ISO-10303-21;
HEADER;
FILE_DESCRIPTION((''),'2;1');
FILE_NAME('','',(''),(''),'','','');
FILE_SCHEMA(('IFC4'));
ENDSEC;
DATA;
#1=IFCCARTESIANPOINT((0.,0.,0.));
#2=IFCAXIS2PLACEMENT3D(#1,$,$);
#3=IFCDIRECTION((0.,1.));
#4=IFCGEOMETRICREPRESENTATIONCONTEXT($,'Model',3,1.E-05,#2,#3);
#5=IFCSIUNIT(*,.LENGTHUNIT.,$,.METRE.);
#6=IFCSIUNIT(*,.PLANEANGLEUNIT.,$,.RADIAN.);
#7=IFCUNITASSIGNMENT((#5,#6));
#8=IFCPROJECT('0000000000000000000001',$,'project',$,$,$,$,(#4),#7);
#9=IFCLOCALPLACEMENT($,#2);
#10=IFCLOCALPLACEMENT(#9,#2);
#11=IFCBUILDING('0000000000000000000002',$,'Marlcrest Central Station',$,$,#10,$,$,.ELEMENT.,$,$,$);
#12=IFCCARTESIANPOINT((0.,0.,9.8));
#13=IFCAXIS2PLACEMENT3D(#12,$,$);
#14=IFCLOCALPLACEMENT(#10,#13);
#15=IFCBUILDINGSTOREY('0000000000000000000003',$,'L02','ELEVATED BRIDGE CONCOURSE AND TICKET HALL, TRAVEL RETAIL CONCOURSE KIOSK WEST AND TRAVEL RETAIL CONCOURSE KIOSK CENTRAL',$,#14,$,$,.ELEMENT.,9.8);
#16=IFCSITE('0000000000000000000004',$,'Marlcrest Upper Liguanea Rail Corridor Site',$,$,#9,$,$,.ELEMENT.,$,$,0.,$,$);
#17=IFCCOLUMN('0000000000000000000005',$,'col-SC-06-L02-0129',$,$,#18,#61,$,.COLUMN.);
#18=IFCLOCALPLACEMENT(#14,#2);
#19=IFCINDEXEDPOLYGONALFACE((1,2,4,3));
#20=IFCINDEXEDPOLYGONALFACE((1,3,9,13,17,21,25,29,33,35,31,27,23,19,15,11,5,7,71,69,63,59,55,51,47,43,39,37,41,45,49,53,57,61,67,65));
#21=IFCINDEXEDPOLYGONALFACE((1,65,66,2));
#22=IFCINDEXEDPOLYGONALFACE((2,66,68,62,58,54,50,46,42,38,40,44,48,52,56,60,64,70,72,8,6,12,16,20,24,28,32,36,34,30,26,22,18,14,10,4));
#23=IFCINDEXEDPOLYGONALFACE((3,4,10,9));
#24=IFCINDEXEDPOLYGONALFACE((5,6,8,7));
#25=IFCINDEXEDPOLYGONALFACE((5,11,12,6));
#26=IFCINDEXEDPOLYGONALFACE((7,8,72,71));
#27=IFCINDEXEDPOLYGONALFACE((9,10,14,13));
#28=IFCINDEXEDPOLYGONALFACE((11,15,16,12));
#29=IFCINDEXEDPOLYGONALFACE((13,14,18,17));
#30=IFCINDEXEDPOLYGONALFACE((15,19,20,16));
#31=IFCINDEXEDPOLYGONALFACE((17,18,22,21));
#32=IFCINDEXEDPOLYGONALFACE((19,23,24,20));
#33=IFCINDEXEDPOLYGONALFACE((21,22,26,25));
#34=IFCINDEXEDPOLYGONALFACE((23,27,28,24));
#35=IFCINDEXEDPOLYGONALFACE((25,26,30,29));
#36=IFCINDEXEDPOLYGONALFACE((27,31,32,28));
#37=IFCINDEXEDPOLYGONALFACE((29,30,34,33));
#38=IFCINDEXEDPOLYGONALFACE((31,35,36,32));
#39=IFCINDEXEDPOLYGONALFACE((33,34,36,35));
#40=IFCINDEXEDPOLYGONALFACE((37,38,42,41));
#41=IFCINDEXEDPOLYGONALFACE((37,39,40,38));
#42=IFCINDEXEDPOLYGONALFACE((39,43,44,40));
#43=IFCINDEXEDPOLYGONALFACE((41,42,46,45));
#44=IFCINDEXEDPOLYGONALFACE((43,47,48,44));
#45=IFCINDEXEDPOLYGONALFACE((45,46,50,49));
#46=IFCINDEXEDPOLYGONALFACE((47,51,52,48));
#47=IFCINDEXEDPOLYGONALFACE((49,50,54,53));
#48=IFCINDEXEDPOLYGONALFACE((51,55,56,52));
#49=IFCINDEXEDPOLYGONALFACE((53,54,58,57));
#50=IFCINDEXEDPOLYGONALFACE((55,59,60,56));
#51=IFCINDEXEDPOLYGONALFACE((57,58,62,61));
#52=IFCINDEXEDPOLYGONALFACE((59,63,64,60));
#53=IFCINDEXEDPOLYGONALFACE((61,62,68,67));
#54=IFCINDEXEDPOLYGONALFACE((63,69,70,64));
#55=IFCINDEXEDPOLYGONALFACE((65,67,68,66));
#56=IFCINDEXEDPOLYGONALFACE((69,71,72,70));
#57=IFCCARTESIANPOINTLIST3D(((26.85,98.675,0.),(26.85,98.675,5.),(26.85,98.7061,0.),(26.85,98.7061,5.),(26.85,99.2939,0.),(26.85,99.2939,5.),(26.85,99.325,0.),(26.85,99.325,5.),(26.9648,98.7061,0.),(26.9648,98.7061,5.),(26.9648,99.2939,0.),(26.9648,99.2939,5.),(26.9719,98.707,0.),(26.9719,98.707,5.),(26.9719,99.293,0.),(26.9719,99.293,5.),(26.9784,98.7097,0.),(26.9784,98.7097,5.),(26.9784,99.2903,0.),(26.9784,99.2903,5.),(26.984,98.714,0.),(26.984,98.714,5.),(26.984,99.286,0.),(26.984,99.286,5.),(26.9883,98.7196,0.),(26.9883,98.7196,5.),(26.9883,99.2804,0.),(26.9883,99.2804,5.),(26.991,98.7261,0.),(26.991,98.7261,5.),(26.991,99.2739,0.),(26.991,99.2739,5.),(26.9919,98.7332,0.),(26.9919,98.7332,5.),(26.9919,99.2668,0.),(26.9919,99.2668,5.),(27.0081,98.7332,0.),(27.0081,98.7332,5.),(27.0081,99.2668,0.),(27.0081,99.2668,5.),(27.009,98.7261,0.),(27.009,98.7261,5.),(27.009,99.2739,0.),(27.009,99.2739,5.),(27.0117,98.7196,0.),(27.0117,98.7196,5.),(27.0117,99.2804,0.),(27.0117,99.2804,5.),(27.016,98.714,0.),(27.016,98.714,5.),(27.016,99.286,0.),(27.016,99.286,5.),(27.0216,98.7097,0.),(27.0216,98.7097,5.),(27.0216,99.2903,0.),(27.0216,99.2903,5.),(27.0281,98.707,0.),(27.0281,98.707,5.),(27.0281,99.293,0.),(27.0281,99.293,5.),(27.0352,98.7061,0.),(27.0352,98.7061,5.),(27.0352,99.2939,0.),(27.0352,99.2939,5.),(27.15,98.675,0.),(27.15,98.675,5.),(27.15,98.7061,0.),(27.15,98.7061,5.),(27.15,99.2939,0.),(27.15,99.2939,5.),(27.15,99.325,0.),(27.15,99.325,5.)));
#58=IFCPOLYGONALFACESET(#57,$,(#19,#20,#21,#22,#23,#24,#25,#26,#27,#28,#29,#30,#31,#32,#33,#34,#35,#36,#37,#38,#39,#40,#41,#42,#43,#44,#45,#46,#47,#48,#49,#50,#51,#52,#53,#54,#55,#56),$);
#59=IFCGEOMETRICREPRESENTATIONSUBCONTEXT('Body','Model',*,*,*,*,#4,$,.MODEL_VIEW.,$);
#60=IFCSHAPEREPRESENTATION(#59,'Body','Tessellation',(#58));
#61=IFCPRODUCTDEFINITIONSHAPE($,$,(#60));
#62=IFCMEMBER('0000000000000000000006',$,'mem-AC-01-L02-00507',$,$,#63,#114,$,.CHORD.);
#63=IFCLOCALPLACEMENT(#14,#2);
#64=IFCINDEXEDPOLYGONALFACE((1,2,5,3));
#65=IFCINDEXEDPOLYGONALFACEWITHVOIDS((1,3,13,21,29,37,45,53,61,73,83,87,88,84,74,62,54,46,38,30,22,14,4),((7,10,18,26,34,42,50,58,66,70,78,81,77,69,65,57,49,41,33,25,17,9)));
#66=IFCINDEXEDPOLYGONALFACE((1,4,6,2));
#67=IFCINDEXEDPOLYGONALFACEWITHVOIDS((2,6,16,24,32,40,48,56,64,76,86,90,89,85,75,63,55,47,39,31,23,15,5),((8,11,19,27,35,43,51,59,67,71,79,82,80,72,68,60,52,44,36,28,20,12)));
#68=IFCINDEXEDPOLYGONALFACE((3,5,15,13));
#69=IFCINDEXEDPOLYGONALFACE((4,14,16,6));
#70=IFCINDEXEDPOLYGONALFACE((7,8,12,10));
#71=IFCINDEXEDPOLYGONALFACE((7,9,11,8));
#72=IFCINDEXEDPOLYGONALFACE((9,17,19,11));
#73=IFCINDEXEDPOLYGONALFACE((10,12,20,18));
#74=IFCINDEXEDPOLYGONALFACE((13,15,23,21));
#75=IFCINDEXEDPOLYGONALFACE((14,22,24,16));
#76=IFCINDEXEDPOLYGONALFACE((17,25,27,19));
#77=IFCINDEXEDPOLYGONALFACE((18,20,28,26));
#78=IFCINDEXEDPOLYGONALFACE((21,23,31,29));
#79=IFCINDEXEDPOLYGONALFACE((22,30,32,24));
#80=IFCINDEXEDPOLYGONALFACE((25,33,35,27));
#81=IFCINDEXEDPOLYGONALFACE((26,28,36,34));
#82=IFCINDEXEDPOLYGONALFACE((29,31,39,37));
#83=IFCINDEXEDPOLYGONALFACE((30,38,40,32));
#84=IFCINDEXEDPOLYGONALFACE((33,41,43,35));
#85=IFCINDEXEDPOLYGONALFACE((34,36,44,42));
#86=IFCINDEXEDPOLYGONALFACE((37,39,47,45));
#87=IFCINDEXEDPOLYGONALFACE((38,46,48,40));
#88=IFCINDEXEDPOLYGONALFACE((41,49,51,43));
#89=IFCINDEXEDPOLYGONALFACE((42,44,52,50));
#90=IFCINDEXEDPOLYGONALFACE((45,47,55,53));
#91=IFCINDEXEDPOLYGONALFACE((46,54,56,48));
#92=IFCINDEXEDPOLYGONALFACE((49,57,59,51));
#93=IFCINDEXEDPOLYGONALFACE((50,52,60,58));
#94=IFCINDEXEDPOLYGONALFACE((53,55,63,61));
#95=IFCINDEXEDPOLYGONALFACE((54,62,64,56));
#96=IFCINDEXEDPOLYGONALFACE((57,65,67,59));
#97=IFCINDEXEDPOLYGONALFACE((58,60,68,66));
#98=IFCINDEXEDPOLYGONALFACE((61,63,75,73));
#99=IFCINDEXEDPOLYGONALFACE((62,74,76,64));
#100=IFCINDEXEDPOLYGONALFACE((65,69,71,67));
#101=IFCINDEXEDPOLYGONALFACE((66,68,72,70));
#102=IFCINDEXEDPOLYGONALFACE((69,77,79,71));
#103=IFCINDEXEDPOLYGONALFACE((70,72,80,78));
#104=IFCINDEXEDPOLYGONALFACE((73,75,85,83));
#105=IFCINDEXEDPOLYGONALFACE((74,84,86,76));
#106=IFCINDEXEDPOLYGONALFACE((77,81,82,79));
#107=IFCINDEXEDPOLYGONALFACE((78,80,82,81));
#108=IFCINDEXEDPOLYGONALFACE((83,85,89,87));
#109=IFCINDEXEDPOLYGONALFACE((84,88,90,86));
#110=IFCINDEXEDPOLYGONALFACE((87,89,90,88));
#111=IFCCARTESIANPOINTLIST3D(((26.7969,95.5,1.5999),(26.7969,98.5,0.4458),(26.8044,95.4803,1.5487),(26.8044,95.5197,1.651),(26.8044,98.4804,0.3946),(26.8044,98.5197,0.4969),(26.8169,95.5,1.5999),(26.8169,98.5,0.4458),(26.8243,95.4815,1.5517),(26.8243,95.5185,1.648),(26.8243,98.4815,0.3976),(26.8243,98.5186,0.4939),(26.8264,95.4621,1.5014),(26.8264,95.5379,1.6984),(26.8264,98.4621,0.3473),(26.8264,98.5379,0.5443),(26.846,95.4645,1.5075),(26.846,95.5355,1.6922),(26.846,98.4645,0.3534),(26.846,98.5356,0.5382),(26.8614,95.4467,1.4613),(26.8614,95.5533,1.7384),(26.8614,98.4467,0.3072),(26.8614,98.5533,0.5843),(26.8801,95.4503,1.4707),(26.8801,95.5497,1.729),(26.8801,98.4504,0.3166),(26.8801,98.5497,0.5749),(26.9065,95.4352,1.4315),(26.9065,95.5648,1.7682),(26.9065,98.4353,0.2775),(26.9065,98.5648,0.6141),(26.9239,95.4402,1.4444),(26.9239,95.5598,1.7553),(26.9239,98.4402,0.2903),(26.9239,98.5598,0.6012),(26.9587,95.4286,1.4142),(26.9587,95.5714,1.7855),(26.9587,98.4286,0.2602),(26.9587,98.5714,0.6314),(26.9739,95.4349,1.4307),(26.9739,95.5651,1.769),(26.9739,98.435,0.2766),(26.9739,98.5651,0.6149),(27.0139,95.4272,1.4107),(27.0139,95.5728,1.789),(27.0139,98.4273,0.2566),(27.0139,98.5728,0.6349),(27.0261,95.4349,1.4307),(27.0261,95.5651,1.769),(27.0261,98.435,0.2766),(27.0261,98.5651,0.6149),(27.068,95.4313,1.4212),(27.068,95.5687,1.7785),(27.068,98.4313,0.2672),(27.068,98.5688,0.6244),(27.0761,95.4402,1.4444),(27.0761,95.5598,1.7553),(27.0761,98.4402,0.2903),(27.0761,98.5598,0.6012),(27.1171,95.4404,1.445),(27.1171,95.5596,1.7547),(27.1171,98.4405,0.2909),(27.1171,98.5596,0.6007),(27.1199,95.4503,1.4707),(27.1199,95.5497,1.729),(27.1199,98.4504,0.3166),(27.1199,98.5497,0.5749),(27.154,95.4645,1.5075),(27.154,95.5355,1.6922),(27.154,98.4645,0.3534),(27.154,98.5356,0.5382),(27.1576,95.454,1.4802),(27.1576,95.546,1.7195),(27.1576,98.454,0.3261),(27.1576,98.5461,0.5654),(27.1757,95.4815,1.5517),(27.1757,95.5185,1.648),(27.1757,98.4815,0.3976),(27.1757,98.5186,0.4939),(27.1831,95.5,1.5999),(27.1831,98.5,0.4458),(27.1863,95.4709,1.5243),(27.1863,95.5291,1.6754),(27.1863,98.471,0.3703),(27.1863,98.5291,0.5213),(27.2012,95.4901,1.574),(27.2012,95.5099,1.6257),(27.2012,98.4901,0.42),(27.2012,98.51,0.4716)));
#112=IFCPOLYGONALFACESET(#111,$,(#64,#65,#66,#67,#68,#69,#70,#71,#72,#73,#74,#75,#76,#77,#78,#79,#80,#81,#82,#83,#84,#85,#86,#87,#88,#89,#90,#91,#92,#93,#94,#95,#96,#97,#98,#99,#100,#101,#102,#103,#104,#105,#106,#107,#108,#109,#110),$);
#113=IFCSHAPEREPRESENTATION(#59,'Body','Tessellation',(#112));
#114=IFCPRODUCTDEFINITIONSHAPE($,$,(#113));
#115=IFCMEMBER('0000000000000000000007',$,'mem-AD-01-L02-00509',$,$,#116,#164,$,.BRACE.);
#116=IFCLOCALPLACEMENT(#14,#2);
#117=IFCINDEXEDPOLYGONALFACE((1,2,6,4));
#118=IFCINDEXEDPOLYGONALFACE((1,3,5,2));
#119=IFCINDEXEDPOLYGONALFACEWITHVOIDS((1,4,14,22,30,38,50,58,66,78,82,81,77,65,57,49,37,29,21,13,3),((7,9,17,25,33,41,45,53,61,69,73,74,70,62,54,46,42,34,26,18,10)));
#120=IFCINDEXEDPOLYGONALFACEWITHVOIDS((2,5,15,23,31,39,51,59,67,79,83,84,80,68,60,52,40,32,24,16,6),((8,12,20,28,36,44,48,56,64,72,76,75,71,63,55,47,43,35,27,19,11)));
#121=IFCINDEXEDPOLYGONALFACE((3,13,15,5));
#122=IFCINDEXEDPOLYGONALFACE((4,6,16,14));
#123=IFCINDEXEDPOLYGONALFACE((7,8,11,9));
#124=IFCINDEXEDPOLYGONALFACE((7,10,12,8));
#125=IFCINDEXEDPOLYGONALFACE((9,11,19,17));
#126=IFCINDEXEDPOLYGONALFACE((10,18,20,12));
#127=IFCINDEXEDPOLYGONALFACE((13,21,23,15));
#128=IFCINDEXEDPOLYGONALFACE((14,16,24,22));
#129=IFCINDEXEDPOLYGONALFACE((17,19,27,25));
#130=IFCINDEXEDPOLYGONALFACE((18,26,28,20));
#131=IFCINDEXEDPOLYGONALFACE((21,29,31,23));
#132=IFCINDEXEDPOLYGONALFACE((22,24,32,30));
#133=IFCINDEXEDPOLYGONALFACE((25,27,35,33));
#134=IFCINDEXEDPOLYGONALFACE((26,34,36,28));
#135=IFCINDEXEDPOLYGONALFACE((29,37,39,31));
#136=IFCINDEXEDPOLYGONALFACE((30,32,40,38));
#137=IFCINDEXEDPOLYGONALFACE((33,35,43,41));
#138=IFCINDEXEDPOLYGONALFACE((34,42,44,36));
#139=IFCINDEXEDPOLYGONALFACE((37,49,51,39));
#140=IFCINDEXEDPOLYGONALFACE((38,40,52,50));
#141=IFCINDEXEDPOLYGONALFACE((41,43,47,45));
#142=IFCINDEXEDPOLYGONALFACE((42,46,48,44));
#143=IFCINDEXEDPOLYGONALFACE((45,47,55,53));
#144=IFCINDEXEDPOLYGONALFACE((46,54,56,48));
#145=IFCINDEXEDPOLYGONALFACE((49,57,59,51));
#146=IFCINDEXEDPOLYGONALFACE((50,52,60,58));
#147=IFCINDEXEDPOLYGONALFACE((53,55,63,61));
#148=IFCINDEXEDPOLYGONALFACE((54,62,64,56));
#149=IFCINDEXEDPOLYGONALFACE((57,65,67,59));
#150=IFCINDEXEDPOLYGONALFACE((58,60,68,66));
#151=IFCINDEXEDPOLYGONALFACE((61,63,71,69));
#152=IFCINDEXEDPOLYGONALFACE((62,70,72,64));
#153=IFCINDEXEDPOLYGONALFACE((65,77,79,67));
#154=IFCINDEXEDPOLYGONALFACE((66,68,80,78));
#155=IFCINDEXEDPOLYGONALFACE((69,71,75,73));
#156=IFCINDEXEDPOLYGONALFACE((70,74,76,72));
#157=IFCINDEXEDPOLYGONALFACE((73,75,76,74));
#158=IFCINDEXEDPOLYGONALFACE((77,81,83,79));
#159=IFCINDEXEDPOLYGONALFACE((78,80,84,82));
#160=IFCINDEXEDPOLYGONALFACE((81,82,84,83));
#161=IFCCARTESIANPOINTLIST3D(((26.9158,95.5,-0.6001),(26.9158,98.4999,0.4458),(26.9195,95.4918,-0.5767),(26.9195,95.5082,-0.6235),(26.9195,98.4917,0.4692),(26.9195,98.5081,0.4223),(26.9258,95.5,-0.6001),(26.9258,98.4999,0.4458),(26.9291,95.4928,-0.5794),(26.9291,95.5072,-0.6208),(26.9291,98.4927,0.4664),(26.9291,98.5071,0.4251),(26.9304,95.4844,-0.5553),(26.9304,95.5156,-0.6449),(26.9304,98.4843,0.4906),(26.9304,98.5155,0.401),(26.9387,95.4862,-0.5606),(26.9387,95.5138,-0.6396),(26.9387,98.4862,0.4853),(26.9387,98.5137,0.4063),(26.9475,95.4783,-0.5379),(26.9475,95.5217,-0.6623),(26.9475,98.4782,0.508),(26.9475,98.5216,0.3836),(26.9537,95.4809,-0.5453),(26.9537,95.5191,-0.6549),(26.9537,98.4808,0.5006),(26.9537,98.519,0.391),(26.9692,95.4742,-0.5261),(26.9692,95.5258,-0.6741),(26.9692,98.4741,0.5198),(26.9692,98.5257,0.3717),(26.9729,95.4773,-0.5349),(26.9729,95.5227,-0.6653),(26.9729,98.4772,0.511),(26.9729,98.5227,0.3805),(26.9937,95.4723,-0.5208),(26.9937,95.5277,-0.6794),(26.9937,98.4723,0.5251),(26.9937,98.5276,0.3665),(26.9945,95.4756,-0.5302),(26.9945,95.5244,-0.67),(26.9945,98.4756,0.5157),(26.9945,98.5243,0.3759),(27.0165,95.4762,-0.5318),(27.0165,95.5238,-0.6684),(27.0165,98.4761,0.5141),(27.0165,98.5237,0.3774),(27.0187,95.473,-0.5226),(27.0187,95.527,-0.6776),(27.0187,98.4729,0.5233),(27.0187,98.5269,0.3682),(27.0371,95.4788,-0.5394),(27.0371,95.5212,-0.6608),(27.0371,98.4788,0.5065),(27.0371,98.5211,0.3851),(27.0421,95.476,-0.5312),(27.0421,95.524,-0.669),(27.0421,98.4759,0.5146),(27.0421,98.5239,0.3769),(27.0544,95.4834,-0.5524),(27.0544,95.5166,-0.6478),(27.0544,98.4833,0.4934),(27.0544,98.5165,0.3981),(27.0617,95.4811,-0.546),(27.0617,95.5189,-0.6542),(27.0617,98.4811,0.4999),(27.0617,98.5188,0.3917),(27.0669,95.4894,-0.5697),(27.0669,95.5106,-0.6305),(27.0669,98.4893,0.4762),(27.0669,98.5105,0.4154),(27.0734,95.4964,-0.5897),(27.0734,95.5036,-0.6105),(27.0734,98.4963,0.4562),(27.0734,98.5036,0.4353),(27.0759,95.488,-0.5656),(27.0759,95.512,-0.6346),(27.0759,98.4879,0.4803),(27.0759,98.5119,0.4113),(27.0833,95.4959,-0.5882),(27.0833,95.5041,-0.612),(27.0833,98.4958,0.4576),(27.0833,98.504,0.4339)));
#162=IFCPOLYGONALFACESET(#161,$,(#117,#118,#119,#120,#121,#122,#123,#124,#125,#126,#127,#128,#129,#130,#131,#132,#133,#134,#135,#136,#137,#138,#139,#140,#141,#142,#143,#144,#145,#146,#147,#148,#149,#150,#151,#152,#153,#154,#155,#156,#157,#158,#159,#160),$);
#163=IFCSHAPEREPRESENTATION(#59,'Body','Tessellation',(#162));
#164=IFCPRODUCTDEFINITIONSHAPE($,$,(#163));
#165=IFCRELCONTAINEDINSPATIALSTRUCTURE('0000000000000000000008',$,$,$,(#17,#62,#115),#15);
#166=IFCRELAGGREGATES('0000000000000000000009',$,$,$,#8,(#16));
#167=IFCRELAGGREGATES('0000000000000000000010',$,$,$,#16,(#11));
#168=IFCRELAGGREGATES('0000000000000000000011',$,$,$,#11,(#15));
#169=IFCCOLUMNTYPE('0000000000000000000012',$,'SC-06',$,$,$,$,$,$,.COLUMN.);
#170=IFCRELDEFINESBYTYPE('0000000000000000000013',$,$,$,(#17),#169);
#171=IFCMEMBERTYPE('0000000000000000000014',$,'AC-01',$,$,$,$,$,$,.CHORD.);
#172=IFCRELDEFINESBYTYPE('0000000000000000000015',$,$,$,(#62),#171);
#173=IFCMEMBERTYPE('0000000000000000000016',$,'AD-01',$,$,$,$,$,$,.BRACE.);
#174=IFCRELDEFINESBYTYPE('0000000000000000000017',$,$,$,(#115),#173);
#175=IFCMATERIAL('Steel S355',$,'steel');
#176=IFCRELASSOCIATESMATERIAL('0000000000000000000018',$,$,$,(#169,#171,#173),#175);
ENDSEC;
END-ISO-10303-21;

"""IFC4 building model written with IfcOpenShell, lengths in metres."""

from ifc_helpers import new_model, si_unit, direction, frame, origin, origin_2d, place, context, subcontext, project, spatial, hollow_circle, i_section, extrude, material, material_profile, profile_set, type_object, element, save


model = new_model("IFC4")

# Units and contexts
model_context = context("Model", 3, precision=1e-05, world=origin(), true_north=direction((0.0, 1.0)))
body_context = subcontext(model_context, "Body", "Model", "MODEL_VIEW")
ifc_project = project(units=[si_unit("LENGTHUNIT", "METRE"), si_unit("PLANEANGLEUNIT", "RADIAN")], contexts=[model_context])

# Site, building, storey
site_placement = place(None, origin())
site = spatial("IfcSite", under=ifc_project, at=site_placement, Name="Marlcrest Upper Liguanea Rail Corridor Site", CompositionType="ELEMENT", RefElevation=0.0)
building_placement = place(site_placement, origin())
building = spatial("IfcBuilding", under=site, at=building_placement, Name="Marlcrest Central Station", CompositionType="ELEMENT")
storey_placement = place(building_placement, frame((0.0, 0.0, 9.8)))
storey = spatial("IfcBuildingStorey", under=building, at=storey_placement, Name="L02", Description="ELEVATED BRIDGE CONCOURSE AND TICKET HALL, TRAVEL RETAIL CONCOURSE KIOSK WEST AND TRAVEL RETAIL CONCOURSE KIOSK CENTRAL", CompositionType="ELEMENT", Elevation=9.8)

# Column
ifc_material_1 = material(Name="Steel S355", Category="steel")
ifc_material_profile_1 = material_profile(ifc_material_1, i_section(OverallWidth=0.3, OverallDepth=0.6499, WebThickness=0.0161, FlangeThickness=0.031, FilletRadius=0.0271, at=origin_2d()), Name="HEB 650")
ifc_profile_set_1 = profile_set([ifc_material_profile_1], Name="Steel S355")
column_type = type_object("IfcColumnType", Name="SC-06", PredefinedType="COLUMN", material=ifc_profile_set_1)
column_placement = place(storey_placement, frame((27.0, 99.0, 0.0), z_axis=(0.0, 0.0, 1.0), x_axis=(1.0, 0.0, 0.0)))
element("IfcColumn", 1, at=column_placement, inside=storey, type_object=column_type, Name="col-SC-06-L02-0129", PredefinedType="COLUMN", context=body_context, shape_type="SweptSolid", body=[
    extrude(i_section(OverallWidth=0.3, OverallDepth=0.6499, WebThickness=0.0161, FlangeThickness=0.031, FilletRadius=0.0271, at=origin_2d()), origin(), (0.0, 0.0, 1.0), 5.0),
])

# Members
ifc_material_profile_2 = material_profile(ifc_material_1, hollow_circle(Radius=0.2031, WallThickness=0.02, at=origin_2d()), Name="CHS 406.4x20")
ifc_profile_set_2 = profile_set([ifc_material_profile_2], Name="Steel S355")
member_type_1 = type_object("IfcMemberType", Name="AC-01", PredefinedType="CHORD", material=ifc_profile_set_2)
member_1_placement = place(storey_placement, frame((27.0, 95.5, 1.5999), z_axis=(0.0, 0.933324, -0.359035), x_axis=(-1.0, 0.0, 0.0)))
element("IfcMember", 2, at=member_1_placement, inside=storey, type_object=member_type_1, Name="mem-AC-01-L02-00507", PredefinedType="CHORD", context=body_context, shape_type="SweptSolid", body=[
    extrude(hollow_circle(Radius=0.2031, WallThickness=0.02, at=origin_2d()), origin(), (0.0, 0.0, 1.0), 3.2144),
])
ifc_material_profile_3 = material_profile(ifc_material_1, hollow_circle(Radius=0.0842, WallThickness=0.01, at=origin_2d()), Name="CHS 168.3x10")
ifc_profile_set_3 = profile_set([ifc_material_profile_3], Name="Steel S355")
member_type_2 = type_object("IfcMemberType", Name="AD-01", PredefinedType="BRACE", material=ifc_profile_set_3)
member_2_placement = place(storey_placement, frame((27.0, 95.5, -0.6001), z_axis=(0.0, 0.94426, 0.3292), x_axis=(-1.0, 0.0, 0.0)))
element("IfcMember", 3, at=member_2_placement, inside=storey, type_object=member_type_2, Name="mem-AD-01-L02-00509", PredefinedType="BRACE", context=body_context, shape_type="SweptSolid", body=[
    extrude(hollow_circle(Radius=0.0842, WallThickness=0.01, at=origin_2d()), origin(), (0.0, 0.0, 1.0), 3.177),
])

save(model, "model.ifc")
